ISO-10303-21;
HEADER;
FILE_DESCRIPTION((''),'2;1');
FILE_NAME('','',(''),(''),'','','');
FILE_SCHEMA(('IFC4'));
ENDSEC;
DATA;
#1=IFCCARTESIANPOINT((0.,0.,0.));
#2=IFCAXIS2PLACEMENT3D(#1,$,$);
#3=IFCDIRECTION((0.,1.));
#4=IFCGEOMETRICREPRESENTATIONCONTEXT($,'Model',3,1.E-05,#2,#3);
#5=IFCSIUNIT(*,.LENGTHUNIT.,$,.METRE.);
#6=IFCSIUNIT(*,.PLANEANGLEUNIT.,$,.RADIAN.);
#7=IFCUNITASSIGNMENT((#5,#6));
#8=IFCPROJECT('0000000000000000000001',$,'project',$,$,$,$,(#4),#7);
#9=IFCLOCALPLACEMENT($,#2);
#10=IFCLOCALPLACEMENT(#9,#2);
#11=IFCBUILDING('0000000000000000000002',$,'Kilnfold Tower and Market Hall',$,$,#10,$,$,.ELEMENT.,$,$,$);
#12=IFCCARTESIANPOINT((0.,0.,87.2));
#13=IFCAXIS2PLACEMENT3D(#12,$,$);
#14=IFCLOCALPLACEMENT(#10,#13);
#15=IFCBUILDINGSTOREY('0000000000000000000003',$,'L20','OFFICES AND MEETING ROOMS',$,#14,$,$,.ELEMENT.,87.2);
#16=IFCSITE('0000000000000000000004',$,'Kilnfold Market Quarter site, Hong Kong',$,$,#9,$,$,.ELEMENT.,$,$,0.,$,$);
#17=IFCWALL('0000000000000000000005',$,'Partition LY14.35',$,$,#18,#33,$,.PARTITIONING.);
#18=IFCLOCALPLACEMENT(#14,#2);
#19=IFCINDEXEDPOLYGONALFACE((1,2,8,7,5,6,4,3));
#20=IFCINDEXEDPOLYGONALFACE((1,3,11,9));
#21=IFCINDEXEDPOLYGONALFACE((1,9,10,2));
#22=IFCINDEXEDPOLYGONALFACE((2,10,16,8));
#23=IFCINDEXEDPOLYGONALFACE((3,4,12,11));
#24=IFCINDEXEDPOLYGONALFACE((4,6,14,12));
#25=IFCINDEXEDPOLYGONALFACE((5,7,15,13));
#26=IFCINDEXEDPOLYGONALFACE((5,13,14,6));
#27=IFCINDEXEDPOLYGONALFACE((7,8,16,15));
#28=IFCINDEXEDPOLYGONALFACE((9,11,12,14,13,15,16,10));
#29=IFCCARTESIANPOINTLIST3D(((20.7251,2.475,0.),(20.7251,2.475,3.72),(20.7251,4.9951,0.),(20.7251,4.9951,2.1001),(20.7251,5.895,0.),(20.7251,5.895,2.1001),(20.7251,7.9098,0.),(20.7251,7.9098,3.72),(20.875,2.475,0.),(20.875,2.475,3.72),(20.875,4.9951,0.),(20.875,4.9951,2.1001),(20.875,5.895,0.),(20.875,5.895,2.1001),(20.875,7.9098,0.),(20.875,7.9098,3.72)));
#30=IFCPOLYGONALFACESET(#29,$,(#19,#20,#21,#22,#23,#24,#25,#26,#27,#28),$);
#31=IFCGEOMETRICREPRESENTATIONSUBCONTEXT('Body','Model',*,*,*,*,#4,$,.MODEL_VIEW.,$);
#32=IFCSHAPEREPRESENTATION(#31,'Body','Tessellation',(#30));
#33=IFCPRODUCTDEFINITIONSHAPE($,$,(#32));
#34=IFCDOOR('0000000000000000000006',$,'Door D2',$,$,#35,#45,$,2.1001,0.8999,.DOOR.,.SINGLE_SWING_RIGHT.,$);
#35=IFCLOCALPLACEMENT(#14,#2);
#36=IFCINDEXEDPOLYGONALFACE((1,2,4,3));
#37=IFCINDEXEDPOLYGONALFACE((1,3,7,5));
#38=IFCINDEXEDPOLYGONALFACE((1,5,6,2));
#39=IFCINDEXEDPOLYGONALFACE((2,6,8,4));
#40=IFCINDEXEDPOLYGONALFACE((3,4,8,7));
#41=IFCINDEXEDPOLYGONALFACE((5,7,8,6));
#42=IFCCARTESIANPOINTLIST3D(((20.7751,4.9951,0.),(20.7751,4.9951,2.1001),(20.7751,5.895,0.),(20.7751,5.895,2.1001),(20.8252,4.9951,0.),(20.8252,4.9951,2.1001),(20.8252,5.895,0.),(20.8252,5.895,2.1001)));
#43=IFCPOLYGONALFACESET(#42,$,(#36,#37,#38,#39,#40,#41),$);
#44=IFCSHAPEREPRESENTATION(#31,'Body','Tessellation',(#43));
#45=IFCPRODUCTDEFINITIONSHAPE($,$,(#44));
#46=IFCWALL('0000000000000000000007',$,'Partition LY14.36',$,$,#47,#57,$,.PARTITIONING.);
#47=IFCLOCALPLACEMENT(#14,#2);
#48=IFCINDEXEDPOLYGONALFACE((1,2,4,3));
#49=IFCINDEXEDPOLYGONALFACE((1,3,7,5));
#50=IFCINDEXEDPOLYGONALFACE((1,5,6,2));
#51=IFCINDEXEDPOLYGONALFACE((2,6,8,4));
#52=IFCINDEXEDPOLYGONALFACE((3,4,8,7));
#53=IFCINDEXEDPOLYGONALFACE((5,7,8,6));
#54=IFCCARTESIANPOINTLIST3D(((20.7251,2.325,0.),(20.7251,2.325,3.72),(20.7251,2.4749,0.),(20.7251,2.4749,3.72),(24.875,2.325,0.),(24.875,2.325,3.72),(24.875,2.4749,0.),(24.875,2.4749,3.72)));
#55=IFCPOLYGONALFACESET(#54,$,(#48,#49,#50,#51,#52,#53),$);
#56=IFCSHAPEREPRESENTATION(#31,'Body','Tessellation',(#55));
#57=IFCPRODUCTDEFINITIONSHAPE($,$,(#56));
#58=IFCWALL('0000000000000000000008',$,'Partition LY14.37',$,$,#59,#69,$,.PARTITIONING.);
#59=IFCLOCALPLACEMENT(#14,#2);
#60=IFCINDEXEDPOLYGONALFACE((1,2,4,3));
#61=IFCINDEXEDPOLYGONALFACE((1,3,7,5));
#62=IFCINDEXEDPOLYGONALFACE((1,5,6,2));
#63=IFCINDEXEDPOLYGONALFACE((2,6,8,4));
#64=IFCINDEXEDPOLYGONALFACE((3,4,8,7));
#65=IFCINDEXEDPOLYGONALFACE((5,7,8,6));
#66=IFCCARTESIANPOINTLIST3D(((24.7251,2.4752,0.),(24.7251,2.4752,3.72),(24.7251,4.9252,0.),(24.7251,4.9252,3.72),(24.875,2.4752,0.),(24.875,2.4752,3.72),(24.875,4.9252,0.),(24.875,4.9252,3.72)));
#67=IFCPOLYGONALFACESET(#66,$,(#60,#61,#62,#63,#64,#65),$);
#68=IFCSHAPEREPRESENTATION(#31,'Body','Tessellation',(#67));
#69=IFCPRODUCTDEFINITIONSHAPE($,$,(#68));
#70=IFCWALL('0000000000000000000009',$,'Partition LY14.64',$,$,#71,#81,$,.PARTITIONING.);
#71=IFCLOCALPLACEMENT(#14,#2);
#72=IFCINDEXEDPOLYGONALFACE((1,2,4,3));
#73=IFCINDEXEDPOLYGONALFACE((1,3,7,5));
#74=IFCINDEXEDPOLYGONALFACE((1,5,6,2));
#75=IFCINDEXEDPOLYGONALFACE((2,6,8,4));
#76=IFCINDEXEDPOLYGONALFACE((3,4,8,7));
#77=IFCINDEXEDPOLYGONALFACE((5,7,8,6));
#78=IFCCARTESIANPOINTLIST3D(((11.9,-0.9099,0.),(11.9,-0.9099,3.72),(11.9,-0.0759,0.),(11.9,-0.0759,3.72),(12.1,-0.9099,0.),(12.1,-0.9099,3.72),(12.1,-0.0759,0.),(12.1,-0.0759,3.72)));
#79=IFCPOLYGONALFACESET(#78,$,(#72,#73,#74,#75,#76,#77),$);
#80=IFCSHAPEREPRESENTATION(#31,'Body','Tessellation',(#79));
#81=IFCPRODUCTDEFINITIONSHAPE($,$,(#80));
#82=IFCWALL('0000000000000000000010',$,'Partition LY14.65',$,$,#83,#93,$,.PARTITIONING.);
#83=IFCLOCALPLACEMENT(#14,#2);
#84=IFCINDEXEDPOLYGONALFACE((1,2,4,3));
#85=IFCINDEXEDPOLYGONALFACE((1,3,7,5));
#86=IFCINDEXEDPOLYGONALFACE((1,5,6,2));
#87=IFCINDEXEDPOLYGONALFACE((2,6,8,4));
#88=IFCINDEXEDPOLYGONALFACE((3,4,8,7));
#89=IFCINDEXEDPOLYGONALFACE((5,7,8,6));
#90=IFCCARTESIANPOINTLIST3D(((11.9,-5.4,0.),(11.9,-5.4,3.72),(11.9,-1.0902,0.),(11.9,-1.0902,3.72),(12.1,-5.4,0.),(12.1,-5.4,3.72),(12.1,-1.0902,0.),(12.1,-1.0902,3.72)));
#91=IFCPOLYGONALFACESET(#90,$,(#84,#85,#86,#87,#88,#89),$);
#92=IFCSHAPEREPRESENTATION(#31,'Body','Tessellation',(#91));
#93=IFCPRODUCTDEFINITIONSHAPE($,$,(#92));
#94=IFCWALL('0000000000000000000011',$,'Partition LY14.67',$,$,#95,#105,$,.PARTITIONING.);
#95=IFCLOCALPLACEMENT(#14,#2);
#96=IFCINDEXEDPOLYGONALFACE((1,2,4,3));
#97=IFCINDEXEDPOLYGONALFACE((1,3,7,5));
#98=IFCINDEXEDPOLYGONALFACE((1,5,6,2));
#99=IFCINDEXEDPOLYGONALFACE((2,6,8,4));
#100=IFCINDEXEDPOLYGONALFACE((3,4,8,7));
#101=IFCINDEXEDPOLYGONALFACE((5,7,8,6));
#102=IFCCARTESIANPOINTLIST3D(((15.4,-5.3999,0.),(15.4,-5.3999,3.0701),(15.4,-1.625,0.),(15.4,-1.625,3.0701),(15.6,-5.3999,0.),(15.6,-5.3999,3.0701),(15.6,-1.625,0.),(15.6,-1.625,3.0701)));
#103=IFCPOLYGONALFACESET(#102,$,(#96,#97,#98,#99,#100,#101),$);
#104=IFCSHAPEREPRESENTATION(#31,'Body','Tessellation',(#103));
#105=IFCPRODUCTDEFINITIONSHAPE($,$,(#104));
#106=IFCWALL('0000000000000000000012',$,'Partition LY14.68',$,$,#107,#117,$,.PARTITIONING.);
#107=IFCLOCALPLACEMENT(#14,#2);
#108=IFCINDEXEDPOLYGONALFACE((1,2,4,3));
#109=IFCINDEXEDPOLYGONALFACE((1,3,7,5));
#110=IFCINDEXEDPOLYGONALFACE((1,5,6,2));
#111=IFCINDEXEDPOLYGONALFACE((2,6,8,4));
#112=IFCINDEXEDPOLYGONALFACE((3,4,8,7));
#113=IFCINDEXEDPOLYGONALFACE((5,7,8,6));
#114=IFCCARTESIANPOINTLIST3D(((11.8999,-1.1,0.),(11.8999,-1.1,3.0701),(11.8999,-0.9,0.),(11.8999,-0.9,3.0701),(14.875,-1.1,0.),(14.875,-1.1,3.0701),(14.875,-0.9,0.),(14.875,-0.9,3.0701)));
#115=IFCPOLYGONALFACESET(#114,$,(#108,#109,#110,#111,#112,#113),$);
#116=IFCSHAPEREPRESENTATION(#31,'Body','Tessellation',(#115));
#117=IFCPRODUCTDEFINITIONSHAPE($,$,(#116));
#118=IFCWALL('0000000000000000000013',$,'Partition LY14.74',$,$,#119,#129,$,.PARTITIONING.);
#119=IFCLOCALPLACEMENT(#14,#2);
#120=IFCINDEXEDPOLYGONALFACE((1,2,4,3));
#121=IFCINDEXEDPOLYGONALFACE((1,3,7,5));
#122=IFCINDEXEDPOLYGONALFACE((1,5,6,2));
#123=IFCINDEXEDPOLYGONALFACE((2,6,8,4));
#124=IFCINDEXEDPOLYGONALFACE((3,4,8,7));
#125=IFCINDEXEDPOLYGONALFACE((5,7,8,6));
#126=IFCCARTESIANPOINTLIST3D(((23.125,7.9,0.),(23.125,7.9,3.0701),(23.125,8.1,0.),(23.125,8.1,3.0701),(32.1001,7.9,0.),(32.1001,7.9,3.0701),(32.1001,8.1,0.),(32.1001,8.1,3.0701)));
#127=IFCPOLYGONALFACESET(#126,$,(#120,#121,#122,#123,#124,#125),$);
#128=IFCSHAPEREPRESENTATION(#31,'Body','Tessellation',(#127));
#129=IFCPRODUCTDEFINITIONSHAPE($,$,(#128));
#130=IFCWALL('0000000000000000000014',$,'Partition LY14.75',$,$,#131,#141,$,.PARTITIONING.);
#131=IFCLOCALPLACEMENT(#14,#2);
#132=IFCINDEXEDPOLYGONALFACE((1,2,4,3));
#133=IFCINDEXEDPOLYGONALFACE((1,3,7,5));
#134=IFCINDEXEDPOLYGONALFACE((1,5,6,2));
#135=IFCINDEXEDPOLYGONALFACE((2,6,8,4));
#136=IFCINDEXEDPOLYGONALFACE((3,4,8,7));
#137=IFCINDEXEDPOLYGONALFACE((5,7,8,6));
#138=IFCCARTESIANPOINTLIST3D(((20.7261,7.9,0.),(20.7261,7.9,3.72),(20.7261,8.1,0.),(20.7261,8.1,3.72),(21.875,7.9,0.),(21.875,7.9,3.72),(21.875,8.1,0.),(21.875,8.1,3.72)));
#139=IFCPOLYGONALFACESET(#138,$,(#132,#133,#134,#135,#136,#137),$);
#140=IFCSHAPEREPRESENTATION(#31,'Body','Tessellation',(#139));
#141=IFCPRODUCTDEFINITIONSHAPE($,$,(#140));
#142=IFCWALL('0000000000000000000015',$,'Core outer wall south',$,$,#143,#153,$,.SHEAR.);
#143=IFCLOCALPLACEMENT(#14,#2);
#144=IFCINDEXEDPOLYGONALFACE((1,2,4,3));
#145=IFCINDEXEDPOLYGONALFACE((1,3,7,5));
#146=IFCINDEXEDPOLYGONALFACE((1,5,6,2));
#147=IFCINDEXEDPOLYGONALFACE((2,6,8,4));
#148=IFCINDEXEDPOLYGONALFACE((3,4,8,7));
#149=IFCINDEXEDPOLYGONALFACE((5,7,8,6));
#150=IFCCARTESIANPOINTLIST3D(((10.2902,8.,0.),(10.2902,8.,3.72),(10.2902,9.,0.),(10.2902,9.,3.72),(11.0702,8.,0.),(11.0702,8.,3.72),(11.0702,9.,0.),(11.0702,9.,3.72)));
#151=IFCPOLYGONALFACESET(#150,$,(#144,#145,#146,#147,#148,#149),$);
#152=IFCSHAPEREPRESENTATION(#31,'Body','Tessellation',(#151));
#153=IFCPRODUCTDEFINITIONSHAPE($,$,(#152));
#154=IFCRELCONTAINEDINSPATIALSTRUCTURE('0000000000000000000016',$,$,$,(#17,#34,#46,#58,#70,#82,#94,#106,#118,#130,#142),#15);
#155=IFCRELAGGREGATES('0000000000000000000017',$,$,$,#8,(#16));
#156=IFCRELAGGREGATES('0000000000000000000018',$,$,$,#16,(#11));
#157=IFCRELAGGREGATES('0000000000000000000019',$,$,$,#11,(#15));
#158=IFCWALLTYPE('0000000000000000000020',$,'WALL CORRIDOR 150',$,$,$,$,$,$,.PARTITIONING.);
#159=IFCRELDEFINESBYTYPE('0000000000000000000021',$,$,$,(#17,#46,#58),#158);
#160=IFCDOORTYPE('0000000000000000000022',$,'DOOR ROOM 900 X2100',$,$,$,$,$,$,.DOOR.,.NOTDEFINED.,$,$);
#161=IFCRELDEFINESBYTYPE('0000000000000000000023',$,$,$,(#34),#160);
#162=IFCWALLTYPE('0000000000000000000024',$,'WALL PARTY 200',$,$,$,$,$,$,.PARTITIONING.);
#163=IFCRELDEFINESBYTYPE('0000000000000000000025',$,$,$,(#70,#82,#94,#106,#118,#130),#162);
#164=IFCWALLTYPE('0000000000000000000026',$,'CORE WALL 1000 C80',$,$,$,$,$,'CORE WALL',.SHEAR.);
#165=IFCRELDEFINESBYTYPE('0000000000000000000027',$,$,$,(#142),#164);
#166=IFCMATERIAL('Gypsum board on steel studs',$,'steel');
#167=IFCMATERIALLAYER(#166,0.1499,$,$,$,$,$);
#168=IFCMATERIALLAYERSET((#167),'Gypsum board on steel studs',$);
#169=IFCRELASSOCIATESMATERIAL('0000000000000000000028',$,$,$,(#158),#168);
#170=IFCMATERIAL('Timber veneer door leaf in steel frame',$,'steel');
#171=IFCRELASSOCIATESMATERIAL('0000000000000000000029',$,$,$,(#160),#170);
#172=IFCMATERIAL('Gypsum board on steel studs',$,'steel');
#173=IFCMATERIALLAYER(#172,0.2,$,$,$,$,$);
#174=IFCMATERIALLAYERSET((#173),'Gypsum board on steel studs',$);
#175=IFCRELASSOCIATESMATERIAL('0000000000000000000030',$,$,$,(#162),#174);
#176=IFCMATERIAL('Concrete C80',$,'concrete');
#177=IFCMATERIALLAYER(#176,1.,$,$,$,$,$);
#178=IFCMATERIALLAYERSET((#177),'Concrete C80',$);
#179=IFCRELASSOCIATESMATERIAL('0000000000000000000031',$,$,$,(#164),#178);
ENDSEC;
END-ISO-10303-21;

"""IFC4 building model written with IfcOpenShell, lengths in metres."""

from ifc_helpers import new_model, si_unit, direction, frame, frame_2d, origin, place, context, subcontext, project, spatial, rectangle, extrude, source, transform, mapped, material, layer, layer_set, type_object, element, fill, save


model = new_model("IFC4")

# Units and contexts
model_context = context("Model", 3, precision=1e-05, world=origin(), true_north=direction((0.0, 1.0)))
body_context = subcontext(model_context, "Body", "Model", "MODEL_VIEW")
ifc_project = project(units=[si_unit("LENGTHUNIT", "METRE"), si_unit("PLANEANGLEUNIT", "RADIAN")], contexts=[model_context])

# Site, building, storey
site_placement = place(None, origin())
site = spatial("IfcSite", under=ifc_project, at=site_placement, Name="Kilnfold Market Quarter site, Hong Kong", CompositionType="ELEMENT", RefElevation=0.0)
building_placement = place(site_placement, origin())
building = spatial("IfcBuilding", under=site, at=building_placement, Name="Kilnfold Tower and Market Hall", CompositionType="ELEMENT")
storey_placement = place(building_placement, frame((0.0, 0.0, 87.2)))
storey = spatial("IfcBuildingStorey", under=building, at=storey_placement, Name="L20", Description="OFFICES AND MEETING ROOMS", CompositionType="ELEMENT", Elevation=87.2)

# Shared definitions
ifc_material_1 = material(Name="Gypsum board on steel studs", Category="steel")
ifc_layer_1 = layer(ifc_material_1, 0.1499)
ifc_layer_set_1 = layer_set([ifc_layer_1], Name="Gypsum board on steel studs")
wall_type_1 = type_object("IfcWallType", Name="WALL CORRIDOR 150", PredefinedType="PARTITIONING", material=ifc_layer_set_1)

# Wall, opening, door
wall_1_placement = place(storey_placement, frame((20.8, 2.4751, 0.0), z_axis=(0.0, 0.0, 1.0), x_axis=(0.0, 1.0, 0.0)))
wall_1 = element("IfcWall", 1, at=wall_1_placement, inside=storey, type_object=wall_type_1, Name="Partition LY14.35", PredefinedType="PARTITIONING", context=body_context, shape_type="SweptSolid", body=[
    extrude(rectangle(XDim=5.4348, YDim=0.1499, at=frame_2d((2.7173, 0.0))), origin(), (0.0, 0.0, 1.0), 3.72),
])
opening_1_placement = place(wall_1_placement, frame((2.52, 0.0, 0.0)))
opening_1 = element("IfcOpeningElement", 2, at=opening_1_placement, cuts=wall_1, PredefinedType="OPENING", context=body_context, shape_type="SweptSolid", body=[
    extrude(rectangle(XDim=0.8999, YDim=2.1001, at=frame_2d((0.45, 1.05))), frame((0.0, 0.085, 0.0), z_axis=(0.0, -1.0, 0.0), x_axis=(1.0, 0.0, 0.0)), (0.0, 0.0, 1.0), 0.1699),
])
ifc_material_2 = material(Name="Timber veneer door leaf in steel frame", Category="steel")
door_type_1 = type_object("IfcDoorType", Name="DOOR ROOM 900 X2100", OperationType="NOTDEFINED", PredefinedType="DOOR", material=ifc_material_2)
door_1_placement = place(opening_1_placement, origin())
door_1 = element("IfcDoor", 3, at=door_1_placement, inside=storey, type_object=door_type_1, Name="Door D2", OperationType="SINGLE_SWING_RIGHT", OverallHeight=2.1001, OverallWidth=0.8999, PredefinedType="DOOR", context=body_context, shape_type="SweptSolid", body=[
    extrude(rectangle(XDim=0.8999, YDim=2.1001, at=frame_2d((0.45, 1.05))), frame((0.0, 0.0249, 0.0), z_axis=(0.0, -1.0, 0.0), x_axis=(1.0, 0.0, 0.0)), (0.0, 0.0, 1.0), 0.05),
])
fill(opening_1, door_1)

# Walls
wall_2_placement = place(storey_placement, frame((20.7251, 2.3999, 0.0), z_axis=(0.0, 0.0, 1.0), x_axis=(1.0, 0.0, 0.0)))
element("IfcWall", 4, at=wall_2_placement, inside=storey, type_object=wall_type_1, Name="Partition LY14.36", PredefinedType="PARTITIONING", context=body_context, shape_type="SweptSolid", body=[
    extrude(rectangle(XDim=4.1499, YDim=0.1499, at=frame_2d((2.075, 0.0))), origin(), (0.0, 0.0, 1.0), 3.72),
])
wall_3_placement = place(storey_placement, frame((24.8, 2.4751, 0.0), z_axis=(0.0, 0.0, 1.0), x_axis=(0.0, 1.0, 0.0)))
element("IfcWall", 5, at=wall_3_placement, inside=storey, type_object=wall_type_1, Name="Partition LY14.37", PredefinedType="PARTITIONING", context=body_context, shape_type="SweptSolid", body=[
    extrude(rectangle(XDim=2.45, YDim=0.1499, at=frame_2d((1.2251, 0.0))), origin(), (0.0, 0.0, 1.0), 3.72),
])
ifc_material_3 = material(Name="Gypsum board on steel studs", Category="steel")
ifc_layer_2 = layer(ifc_material_3, 0.2)
ifc_layer_set_2 = layer_set([ifc_layer_2], Name="Gypsum board on steel studs")
wall_type_2 = type_object("IfcWallType", Name="WALL PARTY 200", PredefinedType="PARTITIONING", material=ifc_layer_set_2)
wall_4_placement = place(storey_placement, frame((12.0, -0.9099, 0.0), z_axis=(0.0, 0.0, 1.0), x_axis=(0.0, 1.0, 0.0)))
element("IfcWall", 6, at=wall_4_placement, inside=storey, type_object=wall_type_2, Name="Partition LY14.64", PredefinedType="PARTITIONING", context=body_context, shape_type="SweptSolid", body=[
    extrude(rectangle(XDim=0.834, YDim=0.2, at=frame_2d((0.417, 0.0))), origin(), (0.0, 0.0, 1.0), 3.72),
])
wall_5_placement = place(storey_placement, frame((12.0, -5.3999, 0.0), z_axis=(0.0, 0.0, 1.0), x_axis=(0.0, 1.0, 0.0)))
element("IfcWall", 7, at=wall_5_placement, inside=storey, type_object=wall_type_2, Name="Partition LY14.65", PredefinedType="PARTITIONING", context=body_context, shape_type="SweptSolid", body=[
    extrude(rectangle(XDim=4.3098, YDim=0.2, at=frame_2d((2.1548, 0.0))), origin(), (0.0, 0.0, 1.0), 3.72),
])
wall_6_placement = place(storey_placement, frame((15.5, -5.3999, 0.0), z_axis=(0.0, 0.0, 1.0), x_axis=(0.0, 1.0, 0.0)))
element("IfcWall", 8, at=wall_6_placement, inside=storey, type_object=wall_type_2, Name="Partition LY14.67", PredefinedType="PARTITIONING", context=body_context, shape_type="SweptSolid", body=[
    extrude(rectangle(XDim=3.7749, YDim=0.2, at=frame_2d((1.8875, 0.0))), origin(), (0.0, 0.0, 1.0), 3.0701),
])
wall_7_placement = place(storey_placement, frame((11.8999, -1.0, 0.0), z_axis=(0.0, 0.0, 1.0), x_axis=(1.0, 0.0, 0.0)))
element("IfcWall", 9, at=wall_7_placement, inside=storey, type_object=wall_type_2, Name="Partition LY14.68", PredefinedType="PARTITIONING", context=body_context, shape_type="SweptSolid", body=[
    extrude(rectangle(XDim=2.9751, YDim=0.2, at=frame_2d((1.4875, 0.0))), origin(), (0.0, 0.0, 1.0), 3.0701),
])
wall_8_placement = place(storey_placement, frame((23.125, 8.0, 0.0), z_axis=(0.0, 0.0, 1.0), x_axis=(1.0, 0.0, 0.0)))
element("IfcWall", 10, at=wall_8_placement, inside=storey, type_object=wall_type_2, Name="Partition LY14.74", PredefinedType="PARTITIONING", context=body_context, shape_type="SweptSolid", body=[
    extrude(rectangle(XDim=8.9751, YDim=0.2, at=frame_2d((4.4875, 0.0))), origin(), (0.0, 0.0, 1.0), 3.0701),
])
wall_9_placement = place(storey_placement, frame((20.7261, 8.0, 0.0), z_axis=(0.0, 0.0, 1.0), x_axis=(1.0, 0.0, 0.0)))
element("IfcWall", 11, at=wall_9_placement, inside=storey, type_object=wall_type_2, Name="Partition LY14.75", PredefinedType="PARTITIONING", context=body_context, shape_type="SweptSolid", body=[
    extrude(rectangle(XDim=1.1489, YDim=0.2, at=frame_2d((0.5745, 0.0))), origin(), (0.0, 0.0, 1.0), 3.72),
])
ifc_material_4 = material(Name="Concrete C80", Category="concrete")
ifc_layer_3 = layer(ifc_material_4, 1.0)
ifc_layer_set_3 = layer_set([ifc_layer_3], Name="Concrete C80")
wall_type_3 = type_object("IfcWallType", Name="CORE WALL 1000 C80", ElementType="CORE WALL", PredefinedType="SHEAR", material=ifc_layer_set_3)
shared_shape_1 = source(origin(), body_context, "Body", "SweptSolid", [
    extrude(rectangle(XDim=0.78, YDim=1.0, at=frame_2d((0.3901, 0.0))), origin(), (0.0, 0.0, 1.0), 3.72),
])
wall_10_placement = place(storey_placement, frame((10.29, 8.5, 0.0), z_axis=(0.0, 0.0, 1.0), x_axis=(1.0, 0.0, 0.0)))
element("IfcWall", 12, at=wall_10_placement, inside=storey, type_object=wall_type_3, Name="Core outer wall south", PredefinedType="SHEAR", context=body_context, shape_type="MappedRepresentation", body=[
    mapped(shared_shape_1, transform((0.0, 0.0, 0.0))),
])

save(model, "model.ifc")
